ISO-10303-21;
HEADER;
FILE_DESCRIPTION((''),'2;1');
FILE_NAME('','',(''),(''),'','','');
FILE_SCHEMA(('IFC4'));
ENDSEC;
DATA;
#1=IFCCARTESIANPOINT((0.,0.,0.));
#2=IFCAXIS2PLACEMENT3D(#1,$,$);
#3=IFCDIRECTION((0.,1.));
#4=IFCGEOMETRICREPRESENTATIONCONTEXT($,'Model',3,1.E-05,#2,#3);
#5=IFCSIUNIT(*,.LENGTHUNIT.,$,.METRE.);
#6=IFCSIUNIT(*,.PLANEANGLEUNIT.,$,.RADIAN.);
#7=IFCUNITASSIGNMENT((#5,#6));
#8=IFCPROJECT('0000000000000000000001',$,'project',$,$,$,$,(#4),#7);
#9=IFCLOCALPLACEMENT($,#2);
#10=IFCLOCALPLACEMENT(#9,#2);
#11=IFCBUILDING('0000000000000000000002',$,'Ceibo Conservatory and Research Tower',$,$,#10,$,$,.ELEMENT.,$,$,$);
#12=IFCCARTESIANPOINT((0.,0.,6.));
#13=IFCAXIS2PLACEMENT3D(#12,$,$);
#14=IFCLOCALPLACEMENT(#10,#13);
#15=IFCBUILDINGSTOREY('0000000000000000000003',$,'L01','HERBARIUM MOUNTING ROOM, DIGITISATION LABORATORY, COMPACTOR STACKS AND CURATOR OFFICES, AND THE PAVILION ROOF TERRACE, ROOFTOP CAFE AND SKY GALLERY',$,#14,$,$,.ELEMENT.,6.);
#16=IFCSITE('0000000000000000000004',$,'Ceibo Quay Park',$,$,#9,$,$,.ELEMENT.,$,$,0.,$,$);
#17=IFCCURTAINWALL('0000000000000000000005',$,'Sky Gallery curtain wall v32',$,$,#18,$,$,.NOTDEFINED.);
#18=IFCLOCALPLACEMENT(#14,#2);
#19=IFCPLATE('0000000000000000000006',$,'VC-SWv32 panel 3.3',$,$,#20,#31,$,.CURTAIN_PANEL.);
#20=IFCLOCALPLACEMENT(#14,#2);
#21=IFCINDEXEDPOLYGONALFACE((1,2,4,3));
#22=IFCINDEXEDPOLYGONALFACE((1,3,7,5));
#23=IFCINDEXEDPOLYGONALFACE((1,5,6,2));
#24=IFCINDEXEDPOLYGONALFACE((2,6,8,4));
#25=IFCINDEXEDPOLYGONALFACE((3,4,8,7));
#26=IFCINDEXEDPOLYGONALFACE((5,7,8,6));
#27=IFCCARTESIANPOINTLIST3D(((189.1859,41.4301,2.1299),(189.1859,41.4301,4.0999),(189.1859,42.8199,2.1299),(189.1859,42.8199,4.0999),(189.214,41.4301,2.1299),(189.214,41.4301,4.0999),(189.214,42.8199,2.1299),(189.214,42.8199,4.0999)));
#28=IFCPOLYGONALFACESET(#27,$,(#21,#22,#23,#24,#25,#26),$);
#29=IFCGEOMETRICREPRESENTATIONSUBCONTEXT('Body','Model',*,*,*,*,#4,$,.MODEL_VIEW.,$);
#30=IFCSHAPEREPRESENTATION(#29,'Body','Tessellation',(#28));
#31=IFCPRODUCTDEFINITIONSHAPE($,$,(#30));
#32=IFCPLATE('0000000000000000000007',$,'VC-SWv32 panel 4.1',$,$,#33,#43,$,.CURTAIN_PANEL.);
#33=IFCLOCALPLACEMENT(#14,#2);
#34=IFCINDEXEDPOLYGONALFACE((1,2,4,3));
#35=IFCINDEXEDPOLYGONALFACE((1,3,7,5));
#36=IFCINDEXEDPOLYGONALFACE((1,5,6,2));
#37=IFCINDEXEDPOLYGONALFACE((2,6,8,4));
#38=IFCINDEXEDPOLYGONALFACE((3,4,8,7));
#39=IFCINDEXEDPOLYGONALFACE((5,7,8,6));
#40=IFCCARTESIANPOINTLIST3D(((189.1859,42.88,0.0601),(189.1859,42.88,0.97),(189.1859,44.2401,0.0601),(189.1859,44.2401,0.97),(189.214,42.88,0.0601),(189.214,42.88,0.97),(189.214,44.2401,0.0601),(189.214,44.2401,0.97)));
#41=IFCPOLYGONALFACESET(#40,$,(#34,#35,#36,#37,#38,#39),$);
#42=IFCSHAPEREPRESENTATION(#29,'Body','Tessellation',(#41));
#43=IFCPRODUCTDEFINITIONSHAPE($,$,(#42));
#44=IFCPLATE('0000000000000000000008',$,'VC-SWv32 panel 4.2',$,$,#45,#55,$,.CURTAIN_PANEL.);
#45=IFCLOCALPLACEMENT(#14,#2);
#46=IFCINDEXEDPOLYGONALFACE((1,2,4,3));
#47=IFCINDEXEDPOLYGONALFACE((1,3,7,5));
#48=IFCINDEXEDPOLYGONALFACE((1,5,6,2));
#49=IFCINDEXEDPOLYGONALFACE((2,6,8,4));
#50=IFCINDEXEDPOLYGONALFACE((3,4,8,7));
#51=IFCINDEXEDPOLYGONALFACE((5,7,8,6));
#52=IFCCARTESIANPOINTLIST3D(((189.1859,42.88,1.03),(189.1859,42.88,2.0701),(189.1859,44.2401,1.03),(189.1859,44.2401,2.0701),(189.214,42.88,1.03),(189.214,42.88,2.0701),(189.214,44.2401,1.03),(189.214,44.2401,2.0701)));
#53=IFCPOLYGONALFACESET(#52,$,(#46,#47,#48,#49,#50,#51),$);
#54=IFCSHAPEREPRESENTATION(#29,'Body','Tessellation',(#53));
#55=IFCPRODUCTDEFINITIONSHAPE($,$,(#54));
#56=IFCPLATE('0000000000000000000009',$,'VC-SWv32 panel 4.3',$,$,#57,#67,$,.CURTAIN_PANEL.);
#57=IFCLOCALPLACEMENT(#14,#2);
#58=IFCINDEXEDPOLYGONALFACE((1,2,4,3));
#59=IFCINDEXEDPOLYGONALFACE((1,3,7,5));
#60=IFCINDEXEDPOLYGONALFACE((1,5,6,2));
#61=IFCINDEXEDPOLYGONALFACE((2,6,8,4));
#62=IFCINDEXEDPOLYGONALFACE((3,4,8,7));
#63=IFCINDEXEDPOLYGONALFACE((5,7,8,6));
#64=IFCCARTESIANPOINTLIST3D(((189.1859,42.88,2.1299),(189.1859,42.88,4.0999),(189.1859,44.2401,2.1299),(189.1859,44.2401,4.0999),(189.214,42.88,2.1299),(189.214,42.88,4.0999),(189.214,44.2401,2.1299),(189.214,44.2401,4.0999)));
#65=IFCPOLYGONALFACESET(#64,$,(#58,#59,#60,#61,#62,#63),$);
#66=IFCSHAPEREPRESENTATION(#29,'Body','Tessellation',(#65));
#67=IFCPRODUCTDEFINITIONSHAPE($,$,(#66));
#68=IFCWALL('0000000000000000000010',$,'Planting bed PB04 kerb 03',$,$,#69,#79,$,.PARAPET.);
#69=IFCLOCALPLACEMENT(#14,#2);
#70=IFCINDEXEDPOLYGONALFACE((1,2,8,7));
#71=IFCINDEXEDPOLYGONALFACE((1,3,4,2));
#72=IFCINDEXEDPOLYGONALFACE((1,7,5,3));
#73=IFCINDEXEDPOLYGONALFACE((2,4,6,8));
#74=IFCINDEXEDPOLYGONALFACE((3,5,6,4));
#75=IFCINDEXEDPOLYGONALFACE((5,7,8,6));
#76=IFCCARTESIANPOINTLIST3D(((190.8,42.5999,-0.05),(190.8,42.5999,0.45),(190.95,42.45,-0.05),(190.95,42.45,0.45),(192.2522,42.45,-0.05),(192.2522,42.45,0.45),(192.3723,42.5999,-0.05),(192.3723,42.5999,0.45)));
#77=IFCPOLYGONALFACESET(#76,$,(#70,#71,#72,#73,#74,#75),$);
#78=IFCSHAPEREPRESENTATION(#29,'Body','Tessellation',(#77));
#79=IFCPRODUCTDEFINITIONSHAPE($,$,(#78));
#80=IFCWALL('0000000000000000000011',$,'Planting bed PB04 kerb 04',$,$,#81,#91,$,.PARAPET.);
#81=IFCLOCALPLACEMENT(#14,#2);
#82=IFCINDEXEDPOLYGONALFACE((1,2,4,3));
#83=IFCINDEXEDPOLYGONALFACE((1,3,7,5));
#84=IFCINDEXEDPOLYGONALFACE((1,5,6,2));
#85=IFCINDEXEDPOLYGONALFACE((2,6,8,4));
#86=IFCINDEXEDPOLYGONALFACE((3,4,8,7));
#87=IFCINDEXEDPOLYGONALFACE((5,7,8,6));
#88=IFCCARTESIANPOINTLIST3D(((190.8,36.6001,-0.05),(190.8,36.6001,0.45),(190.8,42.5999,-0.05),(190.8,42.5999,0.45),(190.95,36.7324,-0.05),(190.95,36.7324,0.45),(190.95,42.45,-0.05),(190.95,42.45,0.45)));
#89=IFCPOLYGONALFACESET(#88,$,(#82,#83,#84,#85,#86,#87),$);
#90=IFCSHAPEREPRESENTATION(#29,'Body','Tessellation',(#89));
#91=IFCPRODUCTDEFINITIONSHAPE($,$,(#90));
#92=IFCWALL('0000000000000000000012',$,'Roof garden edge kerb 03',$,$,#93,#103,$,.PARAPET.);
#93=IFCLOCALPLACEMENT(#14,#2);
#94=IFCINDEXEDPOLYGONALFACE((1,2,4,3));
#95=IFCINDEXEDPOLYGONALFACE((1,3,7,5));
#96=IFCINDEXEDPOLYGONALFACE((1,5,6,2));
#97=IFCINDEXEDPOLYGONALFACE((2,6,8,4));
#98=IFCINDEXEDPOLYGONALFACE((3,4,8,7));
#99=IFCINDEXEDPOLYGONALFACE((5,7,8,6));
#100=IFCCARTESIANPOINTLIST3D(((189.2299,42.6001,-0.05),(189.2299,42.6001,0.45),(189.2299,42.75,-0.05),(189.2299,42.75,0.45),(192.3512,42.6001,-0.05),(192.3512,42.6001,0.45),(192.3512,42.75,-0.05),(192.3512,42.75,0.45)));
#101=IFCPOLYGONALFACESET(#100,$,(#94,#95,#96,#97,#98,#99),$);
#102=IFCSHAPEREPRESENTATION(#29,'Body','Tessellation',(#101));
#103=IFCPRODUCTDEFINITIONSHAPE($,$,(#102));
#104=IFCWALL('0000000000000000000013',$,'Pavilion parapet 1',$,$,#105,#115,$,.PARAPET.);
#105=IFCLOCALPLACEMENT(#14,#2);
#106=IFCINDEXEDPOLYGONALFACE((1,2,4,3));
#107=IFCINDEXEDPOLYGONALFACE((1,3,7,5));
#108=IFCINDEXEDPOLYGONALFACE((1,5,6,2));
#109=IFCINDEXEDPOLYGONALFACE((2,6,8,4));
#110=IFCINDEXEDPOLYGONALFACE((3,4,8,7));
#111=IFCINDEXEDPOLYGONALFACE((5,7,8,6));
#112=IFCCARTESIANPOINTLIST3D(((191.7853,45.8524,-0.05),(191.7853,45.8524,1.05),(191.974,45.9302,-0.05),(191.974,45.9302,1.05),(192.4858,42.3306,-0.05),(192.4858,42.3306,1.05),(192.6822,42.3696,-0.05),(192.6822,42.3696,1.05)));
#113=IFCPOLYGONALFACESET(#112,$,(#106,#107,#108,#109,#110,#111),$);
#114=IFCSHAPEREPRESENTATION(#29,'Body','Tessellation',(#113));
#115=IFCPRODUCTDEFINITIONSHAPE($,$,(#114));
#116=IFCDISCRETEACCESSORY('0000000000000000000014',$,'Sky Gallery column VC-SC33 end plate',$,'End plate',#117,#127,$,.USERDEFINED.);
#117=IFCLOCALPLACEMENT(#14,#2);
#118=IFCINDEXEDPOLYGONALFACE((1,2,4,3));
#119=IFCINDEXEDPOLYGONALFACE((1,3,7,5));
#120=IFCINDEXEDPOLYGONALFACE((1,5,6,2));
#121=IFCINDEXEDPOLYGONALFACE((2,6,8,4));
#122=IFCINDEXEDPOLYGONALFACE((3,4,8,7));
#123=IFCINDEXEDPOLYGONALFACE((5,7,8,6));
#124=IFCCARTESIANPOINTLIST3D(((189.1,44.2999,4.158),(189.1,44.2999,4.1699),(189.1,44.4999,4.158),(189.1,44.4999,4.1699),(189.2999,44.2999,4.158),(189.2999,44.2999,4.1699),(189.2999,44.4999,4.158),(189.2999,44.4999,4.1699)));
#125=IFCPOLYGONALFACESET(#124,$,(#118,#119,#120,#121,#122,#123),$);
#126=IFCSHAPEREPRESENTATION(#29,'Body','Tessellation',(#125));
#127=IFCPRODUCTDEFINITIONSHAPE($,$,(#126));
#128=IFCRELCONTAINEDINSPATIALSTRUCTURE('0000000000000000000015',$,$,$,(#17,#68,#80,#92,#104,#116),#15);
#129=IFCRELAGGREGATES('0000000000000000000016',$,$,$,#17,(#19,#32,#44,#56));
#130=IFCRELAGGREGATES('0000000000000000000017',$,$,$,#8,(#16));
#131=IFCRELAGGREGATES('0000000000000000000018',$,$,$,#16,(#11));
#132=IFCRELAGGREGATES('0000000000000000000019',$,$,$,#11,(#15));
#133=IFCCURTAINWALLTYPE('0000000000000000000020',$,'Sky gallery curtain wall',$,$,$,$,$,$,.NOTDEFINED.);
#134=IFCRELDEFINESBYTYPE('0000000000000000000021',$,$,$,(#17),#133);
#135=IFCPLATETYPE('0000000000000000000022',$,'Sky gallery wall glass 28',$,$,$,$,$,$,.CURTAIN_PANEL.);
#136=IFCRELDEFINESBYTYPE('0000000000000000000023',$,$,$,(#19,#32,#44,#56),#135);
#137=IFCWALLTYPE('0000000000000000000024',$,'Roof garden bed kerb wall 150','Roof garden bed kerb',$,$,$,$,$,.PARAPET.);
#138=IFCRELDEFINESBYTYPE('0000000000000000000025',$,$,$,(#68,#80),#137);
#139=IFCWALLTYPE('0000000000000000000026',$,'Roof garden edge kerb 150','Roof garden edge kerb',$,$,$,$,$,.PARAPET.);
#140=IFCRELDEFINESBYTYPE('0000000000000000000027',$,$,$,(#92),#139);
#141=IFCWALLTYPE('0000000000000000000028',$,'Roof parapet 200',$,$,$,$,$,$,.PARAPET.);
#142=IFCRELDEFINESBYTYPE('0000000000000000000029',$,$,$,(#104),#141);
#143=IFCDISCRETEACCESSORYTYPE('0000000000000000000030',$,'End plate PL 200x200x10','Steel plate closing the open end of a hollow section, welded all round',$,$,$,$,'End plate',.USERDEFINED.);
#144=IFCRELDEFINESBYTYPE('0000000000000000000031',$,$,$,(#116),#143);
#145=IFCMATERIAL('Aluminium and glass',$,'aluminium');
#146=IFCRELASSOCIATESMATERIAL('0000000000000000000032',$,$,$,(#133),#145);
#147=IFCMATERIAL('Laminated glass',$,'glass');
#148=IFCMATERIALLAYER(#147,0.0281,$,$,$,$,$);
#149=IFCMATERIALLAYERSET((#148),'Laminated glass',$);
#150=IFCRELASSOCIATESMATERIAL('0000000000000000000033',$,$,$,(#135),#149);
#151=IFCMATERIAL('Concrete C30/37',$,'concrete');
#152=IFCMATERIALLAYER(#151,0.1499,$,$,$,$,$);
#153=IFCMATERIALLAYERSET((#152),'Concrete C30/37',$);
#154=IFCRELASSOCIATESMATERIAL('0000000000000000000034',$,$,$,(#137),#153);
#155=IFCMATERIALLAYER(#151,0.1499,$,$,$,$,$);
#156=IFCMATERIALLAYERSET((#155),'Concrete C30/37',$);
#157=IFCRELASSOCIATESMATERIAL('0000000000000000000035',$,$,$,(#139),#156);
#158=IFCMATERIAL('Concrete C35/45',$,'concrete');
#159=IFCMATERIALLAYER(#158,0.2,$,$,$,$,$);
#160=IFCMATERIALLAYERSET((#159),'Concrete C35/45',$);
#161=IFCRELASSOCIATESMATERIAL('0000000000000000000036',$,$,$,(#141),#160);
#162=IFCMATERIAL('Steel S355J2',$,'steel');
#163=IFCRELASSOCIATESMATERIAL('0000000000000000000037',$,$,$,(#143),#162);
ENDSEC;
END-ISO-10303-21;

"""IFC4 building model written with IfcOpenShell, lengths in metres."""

from ifc_helpers import new_model, si_unit, direction, frame, frame_2d, origin, origin_2d, place, context, subcontext, project, spatial, polyline, rectangle, outline, extrude, material, layer, layer_set, material_profile, profile_set, type_object, element, aggregate, save


model = new_model("IFC4")

# Units and contexts
model_context = context("Model", 3, precision=1e-05, world=origin(), true_north=direction((0.0, 1.0)))
body_context = subcontext(model_context, "Body", "Model", "MODEL_VIEW")
ifc_project = project(units=[si_unit("LENGTHUNIT", "METRE"), si_unit("PLANEANGLEUNIT", "RADIAN")], contexts=[model_context])

# Site, building, storey
site_placement = place(None, origin())
site = spatial("IfcSite", under=ifc_project, at=site_placement, Name="Ceibo Quay Park", CompositionType="ELEMENT", RefElevation=0.0)
building_placement = place(site_placement, origin())
building = spatial("IfcBuilding", under=site, at=building_placement, Name="Ceibo Conservatory and Research Tower", CompositionType="ELEMENT")
storey_placement = place(building_placement, frame((0.0, 0.0, 6.0)))
storey = spatial("IfcBuildingStorey", under=building, at=storey_placement, Name="L01", Description="HERBARIUM MOUNTING ROOM, DIGITISATION LABORATORY, COMPACTOR STACKS AND CURATOR OFFICES, AND THE PAVILION ROOF TERRACE, ROOFTOP CAFE AND SKY GALLERY", CompositionType="ELEMENT", Elevation=6.0)

# Shared definitions
ifc_material_1 = material(Name="Aluminium and glass", Category="aluminium")
curtain_wall_type = type_object("IfcCurtainWallType", Name="Sky gallery curtain wall", PredefinedType="NOTDEFINED", material=ifc_material_1)

# Curtain wall
curtain_wall_1_placement = place(storey_placement, origin())
curtain_wall_1 = element("IfcCurtainWall", 1, at=curtain_wall_1_placement, inside=storey, type_object=curtain_wall_type, Name="Sky Gallery curtain wall v32", PredefinedType="NOTDEFINED")

# Plates
ifc_material_2 = material(Name="Laminated glass", Category="glass")
ifc_layer_1 = layer(ifc_material_2, 0.0281)
ifc_layer_set_1 = layer_set([ifc_layer_1], Name="Laminated glass")
plate_type = type_object("IfcPlateType", Name="Sky gallery wall glass 28", PredefinedType="CURTAIN_PANEL", material=ifc_layer_set_1)
plate_1_placement = place(storey_placement, frame((189.2, 42.125, 2.1299), z_axis=(0.0, 0.0, 1.0), x_axis=(0.0, 1.0, 0.0)))
plate_1 = element("IfcPlate", 2, at=plate_1_placement, type_object=plate_type, Name="VC-SWv32 panel 3.3", PredefinedType="CURTAIN_PANEL", context=body_context, shape_type="SweptSolid", body=[
    extrude(rectangle(XDim=1.3899, YDim=0.0281, at=origin_2d()), origin(), (0.0, 0.0, 1.0), 1.97),
])
plate_2_placement = place(storey_placement, frame((189.2, 43.5601, 0.0601), z_axis=(0.0, 0.0, 1.0), x_axis=(0.0, 1.0, 0.0)))
plate_2 = element("IfcPlate", 3, at=plate_2_placement, type_object=plate_type, Name="VC-SWv32 panel 4.1", PredefinedType="CURTAIN_PANEL", context=body_context, shape_type="SweptSolid", body=[
    extrude(rectangle(XDim=1.3601, YDim=0.0281, at=origin_2d()), origin(), (0.0, 0.0, 1.0), 0.9099),
])
plate_3_placement = place(storey_placement, frame((189.2, 43.5601, 1.03), z_axis=(0.0, 0.0, 1.0), x_axis=(0.0, 1.0, 0.0)))
plate_3 = element("IfcPlate", 4, at=plate_3_placement, type_object=plate_type, Name="VC-SWv32 panel 4.2", PredefinedType="CURTAIN_PANEL", context=body_context, shape_type="SweptSolid", body=[
    extrude(rectangle(XDim=1.3601, YDim=0.0281, at=origin_2d()), origin(), (0.0, 0.0, 1.0), 1.04),
])
plate_4_placement = place(storey_placement, frame((189.2, 43.5601, 2.1299), z_axis=(0.0, 0.0, 1.0), x_axis=(0.0, 1.0, 0.0)))
plate_4 = element("IfcPlate", 5, at=plate_4_placement, type_object=plate_type, Name="VC-SWv32 panel 4.3", PredefinedType="CURTAIN_PANEL", context=body_context, shape_type="SweptSolid", body=[
    extrude(rectangle(XDim=1.3601, YDim=0.0281, at=origin_2d()), origin(), (0.0, 0.0, 1.0), 1.97),
])
aggregate(curtain_wall_1, [plate_1, plate_2, plate_3, plate_4])

# Walls
ifc_material_3 = material(Name="Concrete C30/37", Category="concrete")
ifc_layer_2 = layer(ifc_material_3, 0.1499)
ifc_layer_set_2 = layer_set([ifc_layer_2], Name="Concrete C30/37")
wall_type_1 = type_object("IfcWallType", Name="Roof garden bed kerb wall 150", Description="Roof garden bed kerb", PredefinedType="PARAPET", material=ifc_layer_set_2)
wall_1_placement = place(storey_placement, frame((192.3123, 42.5249, -0.05), z_axis=(0.0, 0.0, 1.0), x_axis=(-1.0, 0.0, 0.0)))
element("IfcWall", 6, at=wall_1_placement, inside=storey, type_object=wall_type_1, Name="Planting bed PB04 kerb 03", PredefinedType="PARAPET", context=body_context, shape_type="SweptSolid", body=[
    extrude(outline(polyline([(-0.0601, -0.075), (1.5122, -0.075), (1.3623, 0.075), (0.0601, 0.075), (-0.0601, -0.075)])), origin(), (0.0, 0.0, 1.0), 0.5),
])
wall_2_placement = place(storey_placement, frame((190.875, 42.5249, -0.05), z_axis=(0.0, 0.0, 1.0), x_axis=(0.0, -1.0, 0.0)))
element("IfcWall", 7, at=wall_2_placement, inside=storey, type_object=wall_type_1, Name="Planting bed PB04 kerb 04", PredefinedType="PARAPET", context=body_context, shape_type="SweptSolid", body=[
    extrude(outline(polyline([(-0.075, -0.075), (5.9248, -0.075), (5.7925, 0.075), (0.075, 0.075), (-0.075, -0.075)])), origin(), (0.0, 0.0, 1.0), 0.5),
])
ifc_layer_3 = layer(ifc_material_3, 0.1499)
ifc_layer_set_3 = layer_set([ifc_layer_3], Name="Concrete C30/37")
wall_type_2 = type_object("IfcWallType", Name="Roof garden edge kerb 150", Description="Roof garden edge kerb", PredefinedType="PARAPET", material=ifc_layer_set_3)
wall_3_placement = place(storey_placement, frame((189.23, 42.675, -0.05), z_axis=(0.0, 0.0, 1.0), x_axis=(1.0, 0.0, 0.0)))
element("IfcWall", 8, at=wall_3_placement, inside=storey, type_object=wall_type_2, Name="Roof garden edge kerb 03", PredefinedType="PARAPET", context=body_context, shape_type="SweptSolid", body=[
    extrude(rectangle(XDim=3.1213, YDim=0.1499, at=frame_2d((1.5605, 0.0))), origin(), (0.0, 0.0, 1.0), 0.5),
])
ifc_material_4 = material(Name="Concrete C35/45", Category="concrete")
ifc_layer_4 = layer(ifc_material_4, 0.2)
ifc_layer_set_4 = layer_set([ifc_layer_4], Name="Concrete C35/45")
wall_type_3 = type_object("IfcWallType", Name="Roof parapet 200", PredefinedType="PARAPET", material=ifc_layer_set_4)
wall_4_placement = place(storey_placement, frame((192.584, 42.3501, -0.05), z_axis=(0.0, 0.0, 1.0), x_axis=(-0.195076, 0.980788, 0.0)))
element("IfcWall", 9, at=wall_4_placement, inside=storey, type_object=wall_type_3, Name="Pavilion parapet 1", PredefinedType="PARAPET", context=body_context, shape_type="SweptSolid", body=[
    extrude(outline(polyline([(0.0, -0.1001), (3.6304, -0.1001), (3.5908, 0.1001), (0.0, 0.1001), (0.0, -0.1001)])), origin(), (0.0, 0.0, 1.0), 1.1001),
])

# Discrete accessory
ifc_material_5 = material(Name="Steel S355J2", Category="steel")
ifc_material_profile_1 = material_profile(ifc_material_5, rectangle(XDim=0.2, YDim=0.2, at=origin_2d()), Name="End plate PL 200x200x10")
ifc_profile_set_1 = profile_set([ifc_material_profile_1], Name="Steel S355J2")
discrete_accessory_type = type_object("IfcDiscreteAccessoryType", Name="End plate PL 200x200x10", Description="Steel plate closing the open end of a hollow section, welded all round", ElementType="End plate", PredefinedType="USERDEFINED", material=ifc_profile_set_1)
discrete_accessory_placement = place(storey_placement, frame((189.2, 44.3999, 4.158), z_axis=(0.0, 0.0, 1.0), x_axis=(1.0, 0.0, 0.0)))
element("IfcDiscreteAccessory", 10, at=discrete_accessory_placement, inside=storey, type_object=discrete_accessory_type, Name="Sky Gallery column VC-SC33 end plate", ObjectType="End plate", PredefinedType="USERDEFINED", context=body_context, shape_type="SweptSolid", body=[
    extrude(rectangle(XDim=0.2, YDim=0.2, at=origin_2d()), origin(), (0.0, 0.0, 1.0), 0.012),
])

save(model, "model.ifc")
